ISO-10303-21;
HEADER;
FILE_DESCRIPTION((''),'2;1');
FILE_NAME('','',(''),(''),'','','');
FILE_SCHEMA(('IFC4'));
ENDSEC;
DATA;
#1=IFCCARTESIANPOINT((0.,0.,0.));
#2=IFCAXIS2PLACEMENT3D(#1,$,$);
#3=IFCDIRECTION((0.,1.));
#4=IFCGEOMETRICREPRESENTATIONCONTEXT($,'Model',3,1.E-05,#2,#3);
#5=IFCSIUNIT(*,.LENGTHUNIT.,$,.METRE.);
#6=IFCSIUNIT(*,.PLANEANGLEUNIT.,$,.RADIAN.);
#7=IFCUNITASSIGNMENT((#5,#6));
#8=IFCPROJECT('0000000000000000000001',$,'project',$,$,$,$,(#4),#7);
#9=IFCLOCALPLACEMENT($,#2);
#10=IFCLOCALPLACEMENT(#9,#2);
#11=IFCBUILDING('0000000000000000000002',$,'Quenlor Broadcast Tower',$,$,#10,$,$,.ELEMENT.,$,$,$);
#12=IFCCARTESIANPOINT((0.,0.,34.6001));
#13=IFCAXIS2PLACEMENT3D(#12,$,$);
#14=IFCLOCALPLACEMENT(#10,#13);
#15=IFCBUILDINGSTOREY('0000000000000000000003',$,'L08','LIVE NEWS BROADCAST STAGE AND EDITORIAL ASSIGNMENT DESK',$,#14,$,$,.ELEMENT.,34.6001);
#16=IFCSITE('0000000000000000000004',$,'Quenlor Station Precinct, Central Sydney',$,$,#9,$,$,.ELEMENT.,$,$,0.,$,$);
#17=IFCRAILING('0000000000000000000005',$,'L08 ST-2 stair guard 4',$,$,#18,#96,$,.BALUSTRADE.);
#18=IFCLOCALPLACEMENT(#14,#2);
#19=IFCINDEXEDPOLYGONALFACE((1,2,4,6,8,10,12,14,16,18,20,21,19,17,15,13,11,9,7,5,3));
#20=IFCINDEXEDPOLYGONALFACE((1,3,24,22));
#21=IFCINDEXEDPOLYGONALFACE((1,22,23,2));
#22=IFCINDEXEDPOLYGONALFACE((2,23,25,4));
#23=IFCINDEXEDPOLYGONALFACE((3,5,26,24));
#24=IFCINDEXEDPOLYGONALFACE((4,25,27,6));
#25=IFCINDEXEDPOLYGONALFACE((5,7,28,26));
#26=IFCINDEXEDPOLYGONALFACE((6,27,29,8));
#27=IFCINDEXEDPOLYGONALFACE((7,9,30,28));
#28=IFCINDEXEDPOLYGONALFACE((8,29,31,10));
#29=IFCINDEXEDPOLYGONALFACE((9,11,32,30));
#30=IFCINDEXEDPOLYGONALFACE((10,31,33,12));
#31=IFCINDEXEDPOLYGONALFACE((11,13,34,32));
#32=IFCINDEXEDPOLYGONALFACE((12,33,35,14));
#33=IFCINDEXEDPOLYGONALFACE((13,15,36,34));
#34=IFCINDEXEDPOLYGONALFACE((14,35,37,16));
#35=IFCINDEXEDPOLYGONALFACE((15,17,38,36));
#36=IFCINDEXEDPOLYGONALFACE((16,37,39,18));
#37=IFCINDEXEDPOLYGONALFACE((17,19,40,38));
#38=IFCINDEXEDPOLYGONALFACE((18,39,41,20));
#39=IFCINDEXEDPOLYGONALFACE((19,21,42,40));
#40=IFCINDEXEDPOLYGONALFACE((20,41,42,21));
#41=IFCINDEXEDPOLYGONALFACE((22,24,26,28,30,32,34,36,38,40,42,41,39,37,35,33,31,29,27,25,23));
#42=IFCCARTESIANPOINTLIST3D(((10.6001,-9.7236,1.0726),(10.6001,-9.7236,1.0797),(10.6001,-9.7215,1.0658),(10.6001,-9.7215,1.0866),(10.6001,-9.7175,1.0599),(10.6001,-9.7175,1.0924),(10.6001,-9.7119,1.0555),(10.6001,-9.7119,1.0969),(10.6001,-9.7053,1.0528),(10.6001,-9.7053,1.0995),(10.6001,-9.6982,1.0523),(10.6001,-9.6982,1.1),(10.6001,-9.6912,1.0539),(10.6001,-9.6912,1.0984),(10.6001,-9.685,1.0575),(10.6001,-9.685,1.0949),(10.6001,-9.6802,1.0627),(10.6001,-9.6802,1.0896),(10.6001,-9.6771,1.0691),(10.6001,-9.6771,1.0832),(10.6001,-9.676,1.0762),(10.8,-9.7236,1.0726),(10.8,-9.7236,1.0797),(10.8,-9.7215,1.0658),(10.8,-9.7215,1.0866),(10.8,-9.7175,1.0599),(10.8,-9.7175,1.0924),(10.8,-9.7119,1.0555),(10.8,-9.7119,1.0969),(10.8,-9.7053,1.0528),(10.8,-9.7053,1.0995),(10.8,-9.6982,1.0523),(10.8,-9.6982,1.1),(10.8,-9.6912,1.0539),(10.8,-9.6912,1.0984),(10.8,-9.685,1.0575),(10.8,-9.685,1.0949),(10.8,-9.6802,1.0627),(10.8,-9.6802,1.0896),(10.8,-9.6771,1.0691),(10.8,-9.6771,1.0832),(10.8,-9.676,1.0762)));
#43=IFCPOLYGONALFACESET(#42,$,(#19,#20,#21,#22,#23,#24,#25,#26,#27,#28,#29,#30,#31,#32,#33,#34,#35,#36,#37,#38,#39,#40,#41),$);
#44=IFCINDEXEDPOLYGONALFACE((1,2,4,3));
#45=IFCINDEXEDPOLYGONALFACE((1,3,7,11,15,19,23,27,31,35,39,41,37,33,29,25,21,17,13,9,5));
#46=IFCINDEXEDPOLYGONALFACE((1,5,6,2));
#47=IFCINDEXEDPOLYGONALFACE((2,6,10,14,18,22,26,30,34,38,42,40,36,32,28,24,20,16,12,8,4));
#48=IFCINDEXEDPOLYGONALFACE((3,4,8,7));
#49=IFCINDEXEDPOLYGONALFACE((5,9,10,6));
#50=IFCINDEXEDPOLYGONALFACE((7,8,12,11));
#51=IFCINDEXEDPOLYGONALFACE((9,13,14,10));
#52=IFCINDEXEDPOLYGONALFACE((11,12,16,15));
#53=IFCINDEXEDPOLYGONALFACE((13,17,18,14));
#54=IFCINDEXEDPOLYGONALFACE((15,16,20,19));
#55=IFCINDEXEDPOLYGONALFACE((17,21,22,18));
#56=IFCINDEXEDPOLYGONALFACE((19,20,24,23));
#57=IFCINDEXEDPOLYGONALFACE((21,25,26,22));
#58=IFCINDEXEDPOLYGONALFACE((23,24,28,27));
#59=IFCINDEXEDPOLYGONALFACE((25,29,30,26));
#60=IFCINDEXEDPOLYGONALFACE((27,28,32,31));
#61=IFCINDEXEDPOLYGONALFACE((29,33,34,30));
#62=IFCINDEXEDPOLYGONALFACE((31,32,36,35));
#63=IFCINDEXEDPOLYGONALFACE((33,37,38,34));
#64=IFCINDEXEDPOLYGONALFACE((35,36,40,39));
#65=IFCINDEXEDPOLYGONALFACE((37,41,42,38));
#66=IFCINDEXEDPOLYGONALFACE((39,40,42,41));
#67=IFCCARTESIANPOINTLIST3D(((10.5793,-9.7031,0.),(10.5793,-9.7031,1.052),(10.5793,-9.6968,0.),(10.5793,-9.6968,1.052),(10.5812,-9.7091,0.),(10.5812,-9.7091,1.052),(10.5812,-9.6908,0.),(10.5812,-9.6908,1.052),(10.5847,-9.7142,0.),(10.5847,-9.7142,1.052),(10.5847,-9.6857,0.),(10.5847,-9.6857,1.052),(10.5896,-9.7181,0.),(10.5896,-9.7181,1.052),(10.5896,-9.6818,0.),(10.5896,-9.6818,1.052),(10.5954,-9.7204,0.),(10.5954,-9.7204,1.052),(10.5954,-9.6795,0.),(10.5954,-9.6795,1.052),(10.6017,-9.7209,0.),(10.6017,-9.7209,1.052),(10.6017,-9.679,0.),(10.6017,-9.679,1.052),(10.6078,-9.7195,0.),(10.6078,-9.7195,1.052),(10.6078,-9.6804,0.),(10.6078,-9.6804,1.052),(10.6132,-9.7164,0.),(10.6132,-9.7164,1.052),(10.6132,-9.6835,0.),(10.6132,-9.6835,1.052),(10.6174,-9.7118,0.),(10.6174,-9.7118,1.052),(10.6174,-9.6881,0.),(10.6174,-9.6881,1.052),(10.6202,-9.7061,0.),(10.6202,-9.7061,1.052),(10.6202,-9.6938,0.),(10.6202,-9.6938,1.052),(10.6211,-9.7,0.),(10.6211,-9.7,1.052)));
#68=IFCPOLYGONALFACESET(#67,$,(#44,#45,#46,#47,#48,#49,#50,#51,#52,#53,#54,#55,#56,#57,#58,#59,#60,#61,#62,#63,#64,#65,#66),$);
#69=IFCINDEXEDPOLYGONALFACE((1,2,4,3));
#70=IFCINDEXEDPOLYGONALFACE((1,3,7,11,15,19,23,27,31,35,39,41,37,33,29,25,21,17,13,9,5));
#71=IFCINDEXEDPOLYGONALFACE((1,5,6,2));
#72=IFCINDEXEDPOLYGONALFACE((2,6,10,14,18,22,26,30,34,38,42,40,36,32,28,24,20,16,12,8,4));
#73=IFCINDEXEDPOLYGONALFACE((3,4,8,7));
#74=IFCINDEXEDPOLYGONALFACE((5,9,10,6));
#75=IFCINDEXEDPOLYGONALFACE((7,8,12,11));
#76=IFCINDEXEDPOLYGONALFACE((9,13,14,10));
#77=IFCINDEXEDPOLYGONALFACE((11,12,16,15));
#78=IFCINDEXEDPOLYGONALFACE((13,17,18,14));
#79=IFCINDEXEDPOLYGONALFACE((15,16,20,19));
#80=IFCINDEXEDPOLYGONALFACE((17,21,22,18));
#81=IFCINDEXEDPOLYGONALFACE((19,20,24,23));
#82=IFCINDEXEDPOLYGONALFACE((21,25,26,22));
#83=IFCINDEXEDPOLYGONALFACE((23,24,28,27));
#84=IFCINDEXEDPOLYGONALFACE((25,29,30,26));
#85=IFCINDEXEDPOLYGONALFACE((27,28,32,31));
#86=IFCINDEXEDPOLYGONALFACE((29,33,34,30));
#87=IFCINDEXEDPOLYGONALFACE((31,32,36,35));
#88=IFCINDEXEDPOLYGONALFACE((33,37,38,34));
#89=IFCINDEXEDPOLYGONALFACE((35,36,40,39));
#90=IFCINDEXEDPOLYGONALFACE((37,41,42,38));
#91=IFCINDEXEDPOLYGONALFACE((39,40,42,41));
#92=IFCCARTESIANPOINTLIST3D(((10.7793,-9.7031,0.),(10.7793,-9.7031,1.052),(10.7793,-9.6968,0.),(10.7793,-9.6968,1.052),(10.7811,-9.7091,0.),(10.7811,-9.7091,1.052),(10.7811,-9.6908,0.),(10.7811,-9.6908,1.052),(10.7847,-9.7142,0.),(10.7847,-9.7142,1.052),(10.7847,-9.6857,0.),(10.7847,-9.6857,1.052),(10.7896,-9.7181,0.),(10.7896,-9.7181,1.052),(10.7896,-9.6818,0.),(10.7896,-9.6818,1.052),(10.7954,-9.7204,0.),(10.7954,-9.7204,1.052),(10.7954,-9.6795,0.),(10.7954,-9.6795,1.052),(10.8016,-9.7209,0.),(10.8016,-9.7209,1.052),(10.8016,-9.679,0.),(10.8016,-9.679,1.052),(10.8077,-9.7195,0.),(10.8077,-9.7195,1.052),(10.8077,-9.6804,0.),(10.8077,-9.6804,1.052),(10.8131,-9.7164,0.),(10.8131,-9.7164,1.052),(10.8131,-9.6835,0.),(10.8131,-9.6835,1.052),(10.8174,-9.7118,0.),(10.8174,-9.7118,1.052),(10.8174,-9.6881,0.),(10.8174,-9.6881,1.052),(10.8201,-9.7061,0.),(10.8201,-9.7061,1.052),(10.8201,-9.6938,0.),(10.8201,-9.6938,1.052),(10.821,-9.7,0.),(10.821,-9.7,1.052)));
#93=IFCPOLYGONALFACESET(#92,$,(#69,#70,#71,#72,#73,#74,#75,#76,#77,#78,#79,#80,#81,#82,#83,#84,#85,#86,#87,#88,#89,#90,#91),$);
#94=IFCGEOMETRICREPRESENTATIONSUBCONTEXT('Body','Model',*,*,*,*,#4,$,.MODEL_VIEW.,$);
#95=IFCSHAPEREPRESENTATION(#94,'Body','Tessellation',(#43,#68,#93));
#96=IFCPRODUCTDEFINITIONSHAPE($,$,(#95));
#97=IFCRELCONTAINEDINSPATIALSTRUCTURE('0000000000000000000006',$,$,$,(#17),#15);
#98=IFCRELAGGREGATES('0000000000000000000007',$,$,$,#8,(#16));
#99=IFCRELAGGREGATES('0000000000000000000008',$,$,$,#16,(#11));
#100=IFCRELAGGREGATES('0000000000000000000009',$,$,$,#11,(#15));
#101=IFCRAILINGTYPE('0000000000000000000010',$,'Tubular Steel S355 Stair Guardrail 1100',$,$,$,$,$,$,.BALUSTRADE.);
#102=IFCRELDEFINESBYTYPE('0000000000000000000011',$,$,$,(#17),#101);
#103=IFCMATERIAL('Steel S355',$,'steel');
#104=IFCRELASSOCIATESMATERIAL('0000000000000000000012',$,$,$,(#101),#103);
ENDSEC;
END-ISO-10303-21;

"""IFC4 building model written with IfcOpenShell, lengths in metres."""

from ifc_helpers import new_model, si_unit, direction, frame, origin, origin_2d, place, context, subcontext, project, spatial, circle, extrude, material, type_object, element, save


model = new_model("IFC4")

# Units and contexts
model_context = context("Model", 3, precision=1e-05, world=origin(), true_north=direction((0.0, 1.0)))
body_context = subcontext(model_context, "Body", "Model", "MODEL_VIEW")
ifc_project = project(units=[si_unit("LENGTHUNIT", "METRE"), si_unit("PLANEANGLEUNIT", "RADIAN")], contexts=[model_context])

# Site, building, storey
site_placement = place(None, origin())
site = spatial("IfcSite", under=ifc_project, at=site_placement, Name="Quenlor Station Precinct, Central Sydney", CompositionType="ELEMENT", RefElevation=0.0)
building_placement = place(site_placement, origin())
building = spatial("IfcBuilding", under=site, at=building_placement, Name="Quenlor Broadcast Tower", CompositionType="ELEMENT")
storey_placement = place(building_placement, frame((0.0, 0.0, 34.6001)))
storey = spatial("IfcBuildingStorey", under=building, at=storey_placement, Name="L08", Description="LIVE NEWS BROADCAST STAGE AND EDITORIAL ASSIGNMENT DESK", CompositionType="ELEMENT", Elevation=34.6001)

# Railing
ifc_material_1 = material(Name="Steel S355", Category="steel")
railing_type_1 = type_object("IfcRailingType", Name="Tubular Steel S355 Stair Guardrail 1100", PredefinedType="BALUSTRADE", material=ifc_material_1)
railing_1_placement = place(storey_placement, frame((10.6001, -9.7, 0.0)))
element("IfcRailing", 1, at=railing_1_placement, inside=storey, type_object=railing_type_1, Name="L08 ST-2 stair guard 4", PredefinedType="BALUSTRADE", context=body_context, shape_type="SweptSolid", body=[
    extrude(circle(Radius=0.0239, at=origin_2d()), frame((0.0, 0.0, 1.0762), z_axis=(1.0, 0.0, 0.0), x_axis=(0.0, 1.0, 0.0)), (0.0, 0.0, 1.0), 0.2),
    extrude(circle(Radius=0.021, at=origin_2d()), origin(), (0.0, 0.0, 1.0), 1.052),
    extrude(circle(Radius=0.021, at=origin_2d()), frame((0.2, 0.0, 0.0)), (0.0, 0.0, 1.0), 1.052),
])

save(model, "model.ifc")
